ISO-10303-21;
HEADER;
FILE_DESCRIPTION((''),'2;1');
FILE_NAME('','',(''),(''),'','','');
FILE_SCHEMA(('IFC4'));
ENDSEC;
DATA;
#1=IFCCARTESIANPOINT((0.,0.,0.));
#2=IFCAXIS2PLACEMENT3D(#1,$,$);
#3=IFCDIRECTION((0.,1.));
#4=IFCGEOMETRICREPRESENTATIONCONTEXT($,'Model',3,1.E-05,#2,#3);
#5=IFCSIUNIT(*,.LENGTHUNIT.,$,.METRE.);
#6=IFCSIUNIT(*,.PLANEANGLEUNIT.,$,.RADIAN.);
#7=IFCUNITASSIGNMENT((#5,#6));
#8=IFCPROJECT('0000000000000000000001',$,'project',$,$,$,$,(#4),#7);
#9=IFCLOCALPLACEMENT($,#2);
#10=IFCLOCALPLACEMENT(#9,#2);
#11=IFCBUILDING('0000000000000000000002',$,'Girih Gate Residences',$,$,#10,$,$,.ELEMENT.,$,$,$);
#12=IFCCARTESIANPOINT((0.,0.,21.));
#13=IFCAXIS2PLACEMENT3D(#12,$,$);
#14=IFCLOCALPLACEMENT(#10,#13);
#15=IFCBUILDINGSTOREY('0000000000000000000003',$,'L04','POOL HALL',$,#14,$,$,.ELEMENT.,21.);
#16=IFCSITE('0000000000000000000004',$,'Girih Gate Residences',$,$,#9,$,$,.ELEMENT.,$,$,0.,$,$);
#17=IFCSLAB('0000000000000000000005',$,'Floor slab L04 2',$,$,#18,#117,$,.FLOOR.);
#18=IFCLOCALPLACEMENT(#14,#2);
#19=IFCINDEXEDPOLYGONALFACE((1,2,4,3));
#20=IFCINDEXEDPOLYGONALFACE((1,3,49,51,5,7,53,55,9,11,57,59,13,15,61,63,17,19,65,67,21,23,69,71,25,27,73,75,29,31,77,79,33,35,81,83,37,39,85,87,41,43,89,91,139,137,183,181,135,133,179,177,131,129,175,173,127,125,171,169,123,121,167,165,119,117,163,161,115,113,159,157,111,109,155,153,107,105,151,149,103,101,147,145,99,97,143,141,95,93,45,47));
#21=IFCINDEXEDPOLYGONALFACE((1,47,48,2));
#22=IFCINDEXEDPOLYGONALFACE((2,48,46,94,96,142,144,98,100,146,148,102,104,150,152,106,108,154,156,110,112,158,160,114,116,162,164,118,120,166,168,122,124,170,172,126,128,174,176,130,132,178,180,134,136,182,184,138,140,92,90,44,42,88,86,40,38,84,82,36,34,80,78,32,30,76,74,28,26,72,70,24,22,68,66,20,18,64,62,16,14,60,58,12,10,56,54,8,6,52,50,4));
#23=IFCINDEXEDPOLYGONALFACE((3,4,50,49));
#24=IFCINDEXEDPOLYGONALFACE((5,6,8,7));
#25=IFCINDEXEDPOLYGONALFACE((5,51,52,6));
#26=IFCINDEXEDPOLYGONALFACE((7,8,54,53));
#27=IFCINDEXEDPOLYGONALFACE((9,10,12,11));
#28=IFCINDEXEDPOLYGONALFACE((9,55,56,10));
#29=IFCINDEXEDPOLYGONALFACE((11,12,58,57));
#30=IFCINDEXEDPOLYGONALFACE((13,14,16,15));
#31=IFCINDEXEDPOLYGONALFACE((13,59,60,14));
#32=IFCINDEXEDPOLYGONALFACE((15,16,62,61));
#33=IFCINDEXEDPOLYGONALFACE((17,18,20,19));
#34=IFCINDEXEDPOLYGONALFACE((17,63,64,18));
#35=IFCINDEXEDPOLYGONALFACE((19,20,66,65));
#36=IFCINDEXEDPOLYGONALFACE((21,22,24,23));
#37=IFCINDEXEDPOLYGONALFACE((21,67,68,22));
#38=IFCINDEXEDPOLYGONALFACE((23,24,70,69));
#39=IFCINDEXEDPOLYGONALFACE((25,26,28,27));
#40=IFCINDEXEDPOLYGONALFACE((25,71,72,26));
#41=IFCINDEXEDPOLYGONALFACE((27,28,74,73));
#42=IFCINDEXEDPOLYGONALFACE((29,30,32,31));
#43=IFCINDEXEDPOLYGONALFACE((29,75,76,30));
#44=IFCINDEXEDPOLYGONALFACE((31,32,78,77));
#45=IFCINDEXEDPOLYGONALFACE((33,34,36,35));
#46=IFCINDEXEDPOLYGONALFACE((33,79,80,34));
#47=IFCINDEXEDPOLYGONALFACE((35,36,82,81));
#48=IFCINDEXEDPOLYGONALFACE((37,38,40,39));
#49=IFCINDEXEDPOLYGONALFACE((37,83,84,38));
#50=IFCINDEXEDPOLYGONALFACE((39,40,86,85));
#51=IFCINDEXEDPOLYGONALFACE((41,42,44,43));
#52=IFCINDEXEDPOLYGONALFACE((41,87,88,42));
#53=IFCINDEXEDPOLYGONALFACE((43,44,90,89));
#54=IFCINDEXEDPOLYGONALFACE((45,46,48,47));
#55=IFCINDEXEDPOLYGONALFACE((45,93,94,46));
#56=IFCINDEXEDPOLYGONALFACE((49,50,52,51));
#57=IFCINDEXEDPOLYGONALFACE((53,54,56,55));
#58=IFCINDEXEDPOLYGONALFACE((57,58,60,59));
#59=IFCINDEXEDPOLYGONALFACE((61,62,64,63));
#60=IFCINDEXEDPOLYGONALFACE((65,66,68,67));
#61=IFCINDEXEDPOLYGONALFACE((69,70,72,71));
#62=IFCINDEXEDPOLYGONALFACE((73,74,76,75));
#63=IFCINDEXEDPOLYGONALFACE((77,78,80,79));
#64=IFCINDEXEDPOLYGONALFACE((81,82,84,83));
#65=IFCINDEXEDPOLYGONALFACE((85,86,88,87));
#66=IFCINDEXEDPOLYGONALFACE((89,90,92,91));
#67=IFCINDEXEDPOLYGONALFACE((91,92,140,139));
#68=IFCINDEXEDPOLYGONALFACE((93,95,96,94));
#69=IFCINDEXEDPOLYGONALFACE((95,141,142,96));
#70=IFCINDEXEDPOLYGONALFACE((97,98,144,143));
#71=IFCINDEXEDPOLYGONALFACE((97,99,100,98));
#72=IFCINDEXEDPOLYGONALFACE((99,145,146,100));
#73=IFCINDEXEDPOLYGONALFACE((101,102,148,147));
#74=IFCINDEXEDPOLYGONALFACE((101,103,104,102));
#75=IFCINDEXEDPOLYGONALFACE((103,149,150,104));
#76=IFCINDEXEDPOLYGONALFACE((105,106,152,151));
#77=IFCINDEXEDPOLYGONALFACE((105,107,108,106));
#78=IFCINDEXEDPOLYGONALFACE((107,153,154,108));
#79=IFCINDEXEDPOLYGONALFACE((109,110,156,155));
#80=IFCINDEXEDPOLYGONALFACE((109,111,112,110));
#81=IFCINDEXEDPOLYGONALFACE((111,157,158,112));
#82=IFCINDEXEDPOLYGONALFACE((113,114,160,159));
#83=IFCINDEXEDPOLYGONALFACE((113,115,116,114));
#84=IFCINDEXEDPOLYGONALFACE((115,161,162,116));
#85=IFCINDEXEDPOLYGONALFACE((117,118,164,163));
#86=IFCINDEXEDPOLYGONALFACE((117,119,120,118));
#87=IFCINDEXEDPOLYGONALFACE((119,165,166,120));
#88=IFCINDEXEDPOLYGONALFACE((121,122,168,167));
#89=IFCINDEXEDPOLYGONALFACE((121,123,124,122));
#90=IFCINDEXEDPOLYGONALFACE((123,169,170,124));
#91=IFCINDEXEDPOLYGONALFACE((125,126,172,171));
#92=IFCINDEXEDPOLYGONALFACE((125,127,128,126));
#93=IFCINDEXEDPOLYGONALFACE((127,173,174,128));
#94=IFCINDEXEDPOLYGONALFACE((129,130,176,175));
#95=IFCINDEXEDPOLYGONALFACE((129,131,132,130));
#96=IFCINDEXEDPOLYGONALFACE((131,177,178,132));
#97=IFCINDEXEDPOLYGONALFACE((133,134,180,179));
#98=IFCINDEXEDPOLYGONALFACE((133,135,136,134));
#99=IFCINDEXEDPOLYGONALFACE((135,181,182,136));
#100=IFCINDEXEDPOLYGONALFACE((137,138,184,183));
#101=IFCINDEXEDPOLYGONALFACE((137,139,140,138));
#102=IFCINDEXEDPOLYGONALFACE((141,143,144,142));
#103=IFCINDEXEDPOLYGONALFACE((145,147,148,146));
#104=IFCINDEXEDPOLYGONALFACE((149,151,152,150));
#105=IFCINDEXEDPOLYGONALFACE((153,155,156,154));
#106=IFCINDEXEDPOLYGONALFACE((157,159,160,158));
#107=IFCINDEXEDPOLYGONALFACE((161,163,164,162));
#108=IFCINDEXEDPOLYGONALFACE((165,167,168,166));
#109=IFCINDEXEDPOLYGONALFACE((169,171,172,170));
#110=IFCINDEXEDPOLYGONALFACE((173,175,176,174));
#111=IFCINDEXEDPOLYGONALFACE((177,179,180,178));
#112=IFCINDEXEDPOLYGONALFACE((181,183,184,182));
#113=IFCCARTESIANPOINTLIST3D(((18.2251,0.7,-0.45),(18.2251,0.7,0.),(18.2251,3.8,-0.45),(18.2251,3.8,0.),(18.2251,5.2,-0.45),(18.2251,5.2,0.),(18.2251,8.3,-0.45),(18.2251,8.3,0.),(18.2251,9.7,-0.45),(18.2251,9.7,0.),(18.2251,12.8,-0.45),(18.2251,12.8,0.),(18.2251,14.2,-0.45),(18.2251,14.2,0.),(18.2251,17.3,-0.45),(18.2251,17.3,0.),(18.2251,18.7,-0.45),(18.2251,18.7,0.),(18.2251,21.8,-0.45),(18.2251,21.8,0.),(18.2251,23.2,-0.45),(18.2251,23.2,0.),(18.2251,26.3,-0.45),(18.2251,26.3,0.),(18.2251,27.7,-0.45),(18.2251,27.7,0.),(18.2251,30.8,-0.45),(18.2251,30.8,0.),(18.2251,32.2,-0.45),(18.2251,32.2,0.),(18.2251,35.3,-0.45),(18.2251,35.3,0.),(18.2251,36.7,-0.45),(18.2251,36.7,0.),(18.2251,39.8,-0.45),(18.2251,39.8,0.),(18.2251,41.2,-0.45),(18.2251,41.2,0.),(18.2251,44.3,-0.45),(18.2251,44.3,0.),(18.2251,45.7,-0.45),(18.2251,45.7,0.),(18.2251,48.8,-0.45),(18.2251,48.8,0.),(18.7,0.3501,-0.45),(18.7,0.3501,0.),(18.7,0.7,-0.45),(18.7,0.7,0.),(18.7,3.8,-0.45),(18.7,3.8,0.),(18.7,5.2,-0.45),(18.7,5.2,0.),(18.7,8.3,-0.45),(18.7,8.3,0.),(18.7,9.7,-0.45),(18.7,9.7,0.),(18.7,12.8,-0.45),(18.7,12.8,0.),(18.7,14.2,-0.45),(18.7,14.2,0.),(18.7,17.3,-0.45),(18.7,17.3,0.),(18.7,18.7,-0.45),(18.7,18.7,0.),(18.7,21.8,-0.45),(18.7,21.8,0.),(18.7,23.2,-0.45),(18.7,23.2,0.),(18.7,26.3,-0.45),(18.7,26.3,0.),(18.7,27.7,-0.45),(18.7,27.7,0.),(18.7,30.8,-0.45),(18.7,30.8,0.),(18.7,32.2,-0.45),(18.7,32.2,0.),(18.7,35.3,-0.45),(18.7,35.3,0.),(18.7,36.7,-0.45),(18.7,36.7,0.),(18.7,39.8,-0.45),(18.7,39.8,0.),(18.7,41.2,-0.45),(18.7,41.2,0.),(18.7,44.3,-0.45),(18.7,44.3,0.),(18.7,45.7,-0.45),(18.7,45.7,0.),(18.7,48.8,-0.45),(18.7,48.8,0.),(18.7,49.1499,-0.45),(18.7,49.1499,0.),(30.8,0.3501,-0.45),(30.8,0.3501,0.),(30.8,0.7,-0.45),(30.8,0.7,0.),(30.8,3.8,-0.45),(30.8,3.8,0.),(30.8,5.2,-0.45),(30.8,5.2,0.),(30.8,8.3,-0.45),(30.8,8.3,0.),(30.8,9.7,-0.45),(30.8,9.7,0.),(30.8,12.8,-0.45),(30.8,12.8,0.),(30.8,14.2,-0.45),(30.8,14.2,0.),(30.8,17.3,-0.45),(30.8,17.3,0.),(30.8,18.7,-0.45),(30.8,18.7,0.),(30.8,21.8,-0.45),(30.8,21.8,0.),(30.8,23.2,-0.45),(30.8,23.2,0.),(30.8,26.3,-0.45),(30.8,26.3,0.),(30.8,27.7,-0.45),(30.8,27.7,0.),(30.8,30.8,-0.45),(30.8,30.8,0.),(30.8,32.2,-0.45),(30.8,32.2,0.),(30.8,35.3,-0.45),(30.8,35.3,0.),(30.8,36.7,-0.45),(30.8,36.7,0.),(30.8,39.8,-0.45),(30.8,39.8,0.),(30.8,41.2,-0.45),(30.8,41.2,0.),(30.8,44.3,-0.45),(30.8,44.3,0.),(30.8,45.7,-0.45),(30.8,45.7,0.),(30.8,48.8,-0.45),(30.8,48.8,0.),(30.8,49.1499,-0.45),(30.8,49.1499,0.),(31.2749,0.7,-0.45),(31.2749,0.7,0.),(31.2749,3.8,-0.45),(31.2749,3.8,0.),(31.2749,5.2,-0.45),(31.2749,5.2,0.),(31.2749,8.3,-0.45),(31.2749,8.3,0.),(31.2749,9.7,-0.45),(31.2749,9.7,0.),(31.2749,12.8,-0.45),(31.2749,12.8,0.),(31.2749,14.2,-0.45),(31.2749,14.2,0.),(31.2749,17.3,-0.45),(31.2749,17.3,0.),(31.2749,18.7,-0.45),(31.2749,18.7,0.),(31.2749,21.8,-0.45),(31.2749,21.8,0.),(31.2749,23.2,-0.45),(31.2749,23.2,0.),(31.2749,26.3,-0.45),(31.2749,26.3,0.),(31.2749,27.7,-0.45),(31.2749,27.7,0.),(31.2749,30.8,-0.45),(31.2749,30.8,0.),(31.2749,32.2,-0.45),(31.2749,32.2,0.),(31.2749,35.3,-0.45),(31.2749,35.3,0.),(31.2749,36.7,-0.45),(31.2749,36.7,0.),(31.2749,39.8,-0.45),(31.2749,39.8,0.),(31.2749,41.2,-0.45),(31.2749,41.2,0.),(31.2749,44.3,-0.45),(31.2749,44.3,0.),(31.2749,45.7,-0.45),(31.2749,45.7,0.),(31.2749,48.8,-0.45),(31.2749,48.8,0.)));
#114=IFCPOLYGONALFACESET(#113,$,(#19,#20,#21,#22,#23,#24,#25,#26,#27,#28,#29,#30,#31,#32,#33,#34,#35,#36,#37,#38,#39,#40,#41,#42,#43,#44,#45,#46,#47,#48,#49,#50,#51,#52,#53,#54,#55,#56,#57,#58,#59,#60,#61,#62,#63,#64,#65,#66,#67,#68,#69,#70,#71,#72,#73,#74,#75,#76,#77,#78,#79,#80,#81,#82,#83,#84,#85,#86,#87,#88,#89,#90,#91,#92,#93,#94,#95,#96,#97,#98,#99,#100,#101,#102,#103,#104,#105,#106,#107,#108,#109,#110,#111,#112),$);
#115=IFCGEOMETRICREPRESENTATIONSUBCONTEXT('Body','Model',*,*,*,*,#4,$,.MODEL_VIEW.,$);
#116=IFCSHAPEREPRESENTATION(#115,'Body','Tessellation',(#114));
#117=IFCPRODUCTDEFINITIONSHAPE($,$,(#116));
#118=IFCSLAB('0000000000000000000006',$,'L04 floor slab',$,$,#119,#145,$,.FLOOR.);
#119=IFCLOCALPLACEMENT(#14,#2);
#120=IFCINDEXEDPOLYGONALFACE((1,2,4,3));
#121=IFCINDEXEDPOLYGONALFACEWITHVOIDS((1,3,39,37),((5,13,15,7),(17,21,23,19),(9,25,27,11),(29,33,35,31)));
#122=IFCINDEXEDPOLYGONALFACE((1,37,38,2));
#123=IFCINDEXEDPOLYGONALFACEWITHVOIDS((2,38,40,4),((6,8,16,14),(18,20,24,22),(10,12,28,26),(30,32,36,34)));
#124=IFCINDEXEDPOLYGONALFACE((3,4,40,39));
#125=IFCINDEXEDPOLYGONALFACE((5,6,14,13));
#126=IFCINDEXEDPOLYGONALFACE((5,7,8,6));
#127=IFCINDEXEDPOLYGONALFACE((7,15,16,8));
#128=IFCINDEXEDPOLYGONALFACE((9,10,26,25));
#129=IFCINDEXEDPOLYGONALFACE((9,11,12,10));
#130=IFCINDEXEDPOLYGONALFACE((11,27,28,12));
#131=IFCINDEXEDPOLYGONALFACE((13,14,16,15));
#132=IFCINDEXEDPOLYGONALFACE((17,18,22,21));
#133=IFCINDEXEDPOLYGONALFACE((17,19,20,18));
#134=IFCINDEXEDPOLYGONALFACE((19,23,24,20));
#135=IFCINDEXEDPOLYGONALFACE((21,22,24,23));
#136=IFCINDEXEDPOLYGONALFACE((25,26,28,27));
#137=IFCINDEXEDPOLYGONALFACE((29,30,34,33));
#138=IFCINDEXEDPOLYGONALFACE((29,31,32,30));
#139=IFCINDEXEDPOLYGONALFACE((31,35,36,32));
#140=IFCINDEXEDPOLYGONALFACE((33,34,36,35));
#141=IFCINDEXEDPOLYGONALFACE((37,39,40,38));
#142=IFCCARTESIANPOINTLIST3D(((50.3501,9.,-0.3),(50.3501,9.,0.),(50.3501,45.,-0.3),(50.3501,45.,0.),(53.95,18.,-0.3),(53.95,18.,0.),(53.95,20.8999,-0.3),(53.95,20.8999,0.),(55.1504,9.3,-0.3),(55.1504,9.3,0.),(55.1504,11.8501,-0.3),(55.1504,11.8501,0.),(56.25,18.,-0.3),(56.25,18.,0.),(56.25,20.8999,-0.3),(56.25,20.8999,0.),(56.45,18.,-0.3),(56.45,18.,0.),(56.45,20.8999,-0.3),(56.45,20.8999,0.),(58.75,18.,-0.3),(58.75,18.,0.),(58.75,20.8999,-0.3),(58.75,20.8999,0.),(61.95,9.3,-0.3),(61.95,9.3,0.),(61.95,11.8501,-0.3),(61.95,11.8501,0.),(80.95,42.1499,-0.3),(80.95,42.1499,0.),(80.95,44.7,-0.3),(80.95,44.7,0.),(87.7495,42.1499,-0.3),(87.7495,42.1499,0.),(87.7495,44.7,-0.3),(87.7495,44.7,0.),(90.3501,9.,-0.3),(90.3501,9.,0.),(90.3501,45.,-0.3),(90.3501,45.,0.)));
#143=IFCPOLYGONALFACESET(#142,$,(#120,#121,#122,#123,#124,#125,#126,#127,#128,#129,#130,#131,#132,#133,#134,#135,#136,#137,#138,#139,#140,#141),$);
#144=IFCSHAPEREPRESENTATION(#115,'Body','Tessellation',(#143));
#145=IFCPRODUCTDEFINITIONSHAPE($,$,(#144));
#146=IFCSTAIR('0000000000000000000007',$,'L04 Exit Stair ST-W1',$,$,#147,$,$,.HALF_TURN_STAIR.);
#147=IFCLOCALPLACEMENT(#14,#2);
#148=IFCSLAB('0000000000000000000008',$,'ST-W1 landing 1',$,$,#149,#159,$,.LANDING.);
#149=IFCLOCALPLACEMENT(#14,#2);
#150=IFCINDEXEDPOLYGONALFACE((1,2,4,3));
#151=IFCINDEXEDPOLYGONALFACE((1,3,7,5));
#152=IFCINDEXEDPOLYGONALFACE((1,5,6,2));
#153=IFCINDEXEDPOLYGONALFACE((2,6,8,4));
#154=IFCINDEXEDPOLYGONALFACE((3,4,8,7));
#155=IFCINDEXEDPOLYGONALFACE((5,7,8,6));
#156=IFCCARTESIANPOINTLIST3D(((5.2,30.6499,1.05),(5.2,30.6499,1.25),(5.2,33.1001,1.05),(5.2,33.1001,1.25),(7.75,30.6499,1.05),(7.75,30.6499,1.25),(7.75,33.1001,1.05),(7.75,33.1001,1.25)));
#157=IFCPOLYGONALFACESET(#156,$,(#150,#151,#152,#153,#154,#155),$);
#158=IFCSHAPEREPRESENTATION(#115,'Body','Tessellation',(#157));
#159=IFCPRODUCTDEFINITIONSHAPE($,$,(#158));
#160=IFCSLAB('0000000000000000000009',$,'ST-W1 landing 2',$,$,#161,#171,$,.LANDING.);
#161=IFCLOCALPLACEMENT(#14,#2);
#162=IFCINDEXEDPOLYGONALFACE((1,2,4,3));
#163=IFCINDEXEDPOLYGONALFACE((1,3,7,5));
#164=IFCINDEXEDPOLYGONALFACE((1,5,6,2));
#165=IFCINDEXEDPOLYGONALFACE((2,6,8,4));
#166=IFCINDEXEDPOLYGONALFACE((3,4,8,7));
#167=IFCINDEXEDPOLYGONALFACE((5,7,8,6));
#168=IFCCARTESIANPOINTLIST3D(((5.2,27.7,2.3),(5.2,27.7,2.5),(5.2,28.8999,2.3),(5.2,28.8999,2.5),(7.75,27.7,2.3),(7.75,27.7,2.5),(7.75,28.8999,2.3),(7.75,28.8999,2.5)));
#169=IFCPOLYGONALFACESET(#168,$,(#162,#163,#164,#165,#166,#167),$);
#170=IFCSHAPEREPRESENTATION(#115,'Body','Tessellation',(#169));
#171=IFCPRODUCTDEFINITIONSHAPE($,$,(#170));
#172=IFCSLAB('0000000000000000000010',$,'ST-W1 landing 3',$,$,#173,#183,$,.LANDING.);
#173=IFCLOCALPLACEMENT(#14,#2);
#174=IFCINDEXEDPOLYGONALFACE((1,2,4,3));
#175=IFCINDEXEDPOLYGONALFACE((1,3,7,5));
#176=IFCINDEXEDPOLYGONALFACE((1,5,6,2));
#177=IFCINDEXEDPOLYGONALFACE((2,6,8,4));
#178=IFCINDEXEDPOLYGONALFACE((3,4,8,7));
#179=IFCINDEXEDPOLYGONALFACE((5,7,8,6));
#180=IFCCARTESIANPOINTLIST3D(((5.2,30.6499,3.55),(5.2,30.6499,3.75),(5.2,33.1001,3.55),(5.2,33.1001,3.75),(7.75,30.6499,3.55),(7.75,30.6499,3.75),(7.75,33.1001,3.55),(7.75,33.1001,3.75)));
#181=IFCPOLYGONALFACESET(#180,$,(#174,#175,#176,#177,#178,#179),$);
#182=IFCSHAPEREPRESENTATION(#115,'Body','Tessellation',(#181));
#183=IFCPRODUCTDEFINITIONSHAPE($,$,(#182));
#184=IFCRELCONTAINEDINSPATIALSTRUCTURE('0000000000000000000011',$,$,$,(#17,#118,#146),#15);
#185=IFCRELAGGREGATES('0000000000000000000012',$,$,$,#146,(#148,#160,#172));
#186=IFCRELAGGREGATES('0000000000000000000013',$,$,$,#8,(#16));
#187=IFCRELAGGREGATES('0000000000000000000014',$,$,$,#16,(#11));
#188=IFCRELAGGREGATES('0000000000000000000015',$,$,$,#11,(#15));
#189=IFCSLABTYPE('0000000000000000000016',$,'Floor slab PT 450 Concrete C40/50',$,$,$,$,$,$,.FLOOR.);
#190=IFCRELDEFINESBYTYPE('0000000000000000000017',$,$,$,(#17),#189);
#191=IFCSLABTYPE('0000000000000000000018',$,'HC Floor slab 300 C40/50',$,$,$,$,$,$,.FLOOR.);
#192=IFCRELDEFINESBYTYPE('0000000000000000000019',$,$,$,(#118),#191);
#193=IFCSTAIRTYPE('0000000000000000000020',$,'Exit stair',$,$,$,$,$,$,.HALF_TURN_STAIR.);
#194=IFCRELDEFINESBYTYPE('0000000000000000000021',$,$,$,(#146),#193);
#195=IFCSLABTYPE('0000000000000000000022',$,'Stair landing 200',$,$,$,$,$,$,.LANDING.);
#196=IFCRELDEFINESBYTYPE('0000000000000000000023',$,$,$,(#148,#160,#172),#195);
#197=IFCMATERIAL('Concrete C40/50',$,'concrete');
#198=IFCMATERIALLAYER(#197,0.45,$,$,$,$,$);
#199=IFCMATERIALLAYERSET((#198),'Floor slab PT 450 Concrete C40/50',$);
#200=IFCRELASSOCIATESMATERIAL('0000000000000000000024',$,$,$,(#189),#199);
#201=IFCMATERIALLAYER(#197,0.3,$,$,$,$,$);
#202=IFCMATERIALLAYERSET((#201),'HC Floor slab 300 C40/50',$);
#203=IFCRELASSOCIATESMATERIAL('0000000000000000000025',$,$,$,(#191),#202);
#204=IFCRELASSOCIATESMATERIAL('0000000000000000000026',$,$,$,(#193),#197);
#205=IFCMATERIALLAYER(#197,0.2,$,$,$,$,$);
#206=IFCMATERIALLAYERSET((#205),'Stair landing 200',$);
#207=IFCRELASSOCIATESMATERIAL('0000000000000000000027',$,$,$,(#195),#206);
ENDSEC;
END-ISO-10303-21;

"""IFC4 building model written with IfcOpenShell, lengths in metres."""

from ifc_helpers import new_model, si_unit, direction, frame, origin, place, context, subcontext, project, spatial, polyline, outline, extrude, material, layer, layer_set, type_object, element, aggregate, save


model = new_model("IFC4")

# Units and contexts
model_context = context("Model", 3, precision=1e-05, world=origin(), true_north=direction((0.0, 1.0)))
body_context = subcontext(model_context, "Body", "Model", "MODEL_VIEW")
ifc_project = project(units=[si_unit("LENGTHUNIT", "METRE"), si_unit("PLANEANGLEUNIT", "RADIAN")], contexts=[model_context])

# Site, building, storey
site_placement = place(None, origin())
site = spatial("IfcSite", under=ifc_project, at=site_placement, Name="Girih Gate Residences", CompositionType="ELEMENT", RefElevation=0.0)
building_placement = place(site_placement, origin())
building = spatial("IfcBuilding", under=site, at=building_placement, Name="Girih Gate Residences", CompositionType="ELEMENT")
storey_placement = place(building_placement, frame((0.0, 0.0, 21.0)))
storey = spatial("IfcBuildingStorey", under=building, at=storey_placement, Name="L04", Description="POOL HALL", CompositionType="ELEMENT", Elevation=21.0)

# Slabs
ifc_material = material(Name="Concrete C40/50", Category="concrete")
ifc_layer_1 = layer(ifc_material, 0.45)
ifc_layer_set_1 = layer_set([ifc_layer_1], Name="Floor slab PT 450 Concrete C40/50")
slab_type_1 = type_object("IfcSlabType", Name="Floor slab PT 450 Concrete C40/50", PredefinedType="FLOOR", material=ifc_layer_set_1)
slab_1_placement = place(storey_placement, frame((0.0, 0.0, -0.45)))
element("IfcSlab", 1, at=slab_1_placement, inside=storey, type_object=slab_type_1, Name="Floor slab L04 2", PredefinedType="FLOOR", context=body_context, shape_type="SweptSolid", body=[
    extrude(outline(polyline([(18.7, 49.1499), (18.7, 48.8), (18.2251, 48.8), (18.2251, 45.7), (18.7, 45.7), (18.7, 44.3), (18.2251, 44.3), (18.2251, 41.2), (18.7, 41.2), (18.7, 39.8), (18.2251, 39.8), (18.2251, 36.7), (18.7, 36.7), (18.7, 35.3), (18.2251, 35.3), (18.2251, 32.2), (18.7, 32.2), (18.7, 30.8), (18.2251, 30.8), (18.2251, 27.7), (18.7, 27.7), (18.7, 26.3), (18.2251, 26.3), (18.2251, 23.2), (18.7, 23.2), (18.7, 21.8), (18.2251, 21.8), (18.2251, 18.7), (18.7, 18.7), (18.7, 17.3), (18.2251, 17.3), (18.2251, 14.2), (18.7, 14.2), (18.7, 12.8), (18.2251, 12.8), (18.2251, 9.7), (18.7, 9.7), (18.7, 8.3), (18.2251, 8.3), (18.2251, 5.2), (18.7, 5.2), (18.7, 3.8), (18.2251, 3.8), (18.2251, 0.7), (18.7, 0.7), (18.7, 0.3501), (30.8, 0.3501), (30.8, 0.7), (31.2749, 0.7), (31.2749, 3.8), (30.8, 3.8), (30.8, 5.2), (31.2749, 5.2), (31.2749, 8.3), (30.8, 8.3), (30.8, 9.7), (31.2749, 9.7), (31.2749, 12.8), (30.8, 12.8), (30.8, 14.2), (31.2749, 14.2), (31.2749, 17.3), (30.8, 17.3), (30.8, 18.7), (31.2749, 18.7), (31.2749, 21.8), (30.8, 21.8), (30.8, 23.2), (31.2749, 23.2), (31.2749, 26.3), (30.8, 26.3), (30.8, 27.7), (31.2749, 27.7), (31.2749, 30.8), (30.8, 30.8), (30.8, 32.2), (31.2749, 32.2), (31.2749, 35.3), (30.8, 35.3), (30.8, 36.7), (31.2749, 36.7), (31.2749, 39.8), (30.8, 39.8), (30.8, 41.2), (31.2749, 41.2), (31.2749, 44.3), (30.8, 44.3), (30.8, 45.7), (31.2749, 45.7), (31.2749, 48.8), (30.8, 48.8), (30.8, 49.1499), (18.7, 49.1499)])), origin(), (0.0, 0.0, 1.0), 0.45),
])
ifc_layer_2 = layer(ifc_material, 0.3)
ifc_layer_set_2 = layer_set([ifc_layer_2], Name="HC Floor slab 300 C40/50")
slab_type_2 = type_object("IfcSlabType", Name="HC Floor slab 300 C40/50", PredefinedType="FLOOR", material=ifc_layer_set_2)
slab_2_placement = place(storey_placement, frame((0.0, 0.0, -0.3)))
element("IfcSlab", 2, at=slab_2_placement, inside=storey, type_object=slab_type_2, Name="L04 floor slab", PredefinedType="FLOOR", context=body_context, shape_type="SweptSolid", body=[
    extrude(outline(polyline([(50.3501, 9.0), (90.3501, 9.0), (90.3501, 45.0), (50.3501, 45.0), (50.3501, 9.0)]), holes=[polyline([(55.1504, 9.3), (61.95, 9.3), (61.95, 11.8501), (55.1504, 11.8501), (55.1504, 9.3)]), polyline([(87.7495, 44.7), (80.95, 44.7), (80.95, 42.1499), (87.7495, 42.1499), (87.7495, 44.7)]), polyline([(53.95, 18.0), (56.25, 18.0), (56.25, 20.8999), (53.95, 20.8999), (53.95, 18.0)]), polyline([(56.45, 18.0), (58.75, 18.0), (58.75, 20.8999), (56.45, 20.8999), (56.45, 18.0)])]), origin(), (0.0, 0.0, 1.0), 0.3),
])

# Stair, slabs
stair_type = type_object("IfcStairType", Name="Exit stair", PredefinedType="HALF_TURN_STAIR", material=ifc_material)
stair_1_placement = place(storey_placement, origin())
stair_1 = element("IfcStair", 3, at=stair_1_placement, inside=storey, type_object=stair_type, Name="L04 Exit Stair ST-W1", PredefinedType="HALF_TURN_STAIR")
ifc_layer_3 = layer(ifc_material, 0.2)
ifc_layer_set_3 = layer_set([ifc_layer_3], Name="Stair landing 200")
slab_type_3 = type_object("IfcSlabType", Name="Stair landing 200", PredefinedType="LANDING", material=ifc_layer_set_3)
slab_3_placement = place(storey_placement, frame((0.0, 0.0, 1.05)))
slab_3 = element("IfcSlab", 4, at=slab_3_placement, type_object=slab_type_3, Name="ST-W1 landing 1", PredefinedType="LANDING", context=body_context, shape_type="SweptSolid", body=[
    extrude(outline(polyline([(7.75, 30.6499), (7.75, 33.1001), (5.2, 33.1001), (5.2, 30.6499), (7.75, 30.6499)])), origin(), (0.0, 0.0, 1.0), 0.2),
])
slab_4_placement = place(storey_placement, frame((0.0, 0.0, 2.3)))
slab_4 = element("IfcSlab", 5, at=slab_4_placement, type_object=slab_type_3, Name="ST-W1 landing 2", PredefinedType="LANDING", context=body_context, shape_type="SweptSolid", body=[
    extrude(outline(polyline([(7.75, 27.7), (7.75, 28.8999), (5.2, 28.8999), (5.2, 27.7), (7.75, 27.7)])), origin(), (0.0, 0.0, 1.0), 0.2),
])
slab_5_placement = place(storey_placement, frame((0.0, 0.0, 3.55)))
slab_5 = element("IfcSlab", 6, at=slab_5_placement, type_object=slab_type_3, Name="ST-W1 landing 3", PredefinedType="LANDING", context=body_context, shape_type="SweptSolid", body=[
    extrude(outline(polyline([(7.75, 30.6499), (7.75, 33.1001), (5.2, 33.1001), (5.2, 30.6499), (7.75, 30.6499)])), origin(), (0.0, 0.0, 1.0), 0.2),
])
aggregate(stair_1, [slab_3, slab_4, slab_5])

save(model, "model.ifc")
